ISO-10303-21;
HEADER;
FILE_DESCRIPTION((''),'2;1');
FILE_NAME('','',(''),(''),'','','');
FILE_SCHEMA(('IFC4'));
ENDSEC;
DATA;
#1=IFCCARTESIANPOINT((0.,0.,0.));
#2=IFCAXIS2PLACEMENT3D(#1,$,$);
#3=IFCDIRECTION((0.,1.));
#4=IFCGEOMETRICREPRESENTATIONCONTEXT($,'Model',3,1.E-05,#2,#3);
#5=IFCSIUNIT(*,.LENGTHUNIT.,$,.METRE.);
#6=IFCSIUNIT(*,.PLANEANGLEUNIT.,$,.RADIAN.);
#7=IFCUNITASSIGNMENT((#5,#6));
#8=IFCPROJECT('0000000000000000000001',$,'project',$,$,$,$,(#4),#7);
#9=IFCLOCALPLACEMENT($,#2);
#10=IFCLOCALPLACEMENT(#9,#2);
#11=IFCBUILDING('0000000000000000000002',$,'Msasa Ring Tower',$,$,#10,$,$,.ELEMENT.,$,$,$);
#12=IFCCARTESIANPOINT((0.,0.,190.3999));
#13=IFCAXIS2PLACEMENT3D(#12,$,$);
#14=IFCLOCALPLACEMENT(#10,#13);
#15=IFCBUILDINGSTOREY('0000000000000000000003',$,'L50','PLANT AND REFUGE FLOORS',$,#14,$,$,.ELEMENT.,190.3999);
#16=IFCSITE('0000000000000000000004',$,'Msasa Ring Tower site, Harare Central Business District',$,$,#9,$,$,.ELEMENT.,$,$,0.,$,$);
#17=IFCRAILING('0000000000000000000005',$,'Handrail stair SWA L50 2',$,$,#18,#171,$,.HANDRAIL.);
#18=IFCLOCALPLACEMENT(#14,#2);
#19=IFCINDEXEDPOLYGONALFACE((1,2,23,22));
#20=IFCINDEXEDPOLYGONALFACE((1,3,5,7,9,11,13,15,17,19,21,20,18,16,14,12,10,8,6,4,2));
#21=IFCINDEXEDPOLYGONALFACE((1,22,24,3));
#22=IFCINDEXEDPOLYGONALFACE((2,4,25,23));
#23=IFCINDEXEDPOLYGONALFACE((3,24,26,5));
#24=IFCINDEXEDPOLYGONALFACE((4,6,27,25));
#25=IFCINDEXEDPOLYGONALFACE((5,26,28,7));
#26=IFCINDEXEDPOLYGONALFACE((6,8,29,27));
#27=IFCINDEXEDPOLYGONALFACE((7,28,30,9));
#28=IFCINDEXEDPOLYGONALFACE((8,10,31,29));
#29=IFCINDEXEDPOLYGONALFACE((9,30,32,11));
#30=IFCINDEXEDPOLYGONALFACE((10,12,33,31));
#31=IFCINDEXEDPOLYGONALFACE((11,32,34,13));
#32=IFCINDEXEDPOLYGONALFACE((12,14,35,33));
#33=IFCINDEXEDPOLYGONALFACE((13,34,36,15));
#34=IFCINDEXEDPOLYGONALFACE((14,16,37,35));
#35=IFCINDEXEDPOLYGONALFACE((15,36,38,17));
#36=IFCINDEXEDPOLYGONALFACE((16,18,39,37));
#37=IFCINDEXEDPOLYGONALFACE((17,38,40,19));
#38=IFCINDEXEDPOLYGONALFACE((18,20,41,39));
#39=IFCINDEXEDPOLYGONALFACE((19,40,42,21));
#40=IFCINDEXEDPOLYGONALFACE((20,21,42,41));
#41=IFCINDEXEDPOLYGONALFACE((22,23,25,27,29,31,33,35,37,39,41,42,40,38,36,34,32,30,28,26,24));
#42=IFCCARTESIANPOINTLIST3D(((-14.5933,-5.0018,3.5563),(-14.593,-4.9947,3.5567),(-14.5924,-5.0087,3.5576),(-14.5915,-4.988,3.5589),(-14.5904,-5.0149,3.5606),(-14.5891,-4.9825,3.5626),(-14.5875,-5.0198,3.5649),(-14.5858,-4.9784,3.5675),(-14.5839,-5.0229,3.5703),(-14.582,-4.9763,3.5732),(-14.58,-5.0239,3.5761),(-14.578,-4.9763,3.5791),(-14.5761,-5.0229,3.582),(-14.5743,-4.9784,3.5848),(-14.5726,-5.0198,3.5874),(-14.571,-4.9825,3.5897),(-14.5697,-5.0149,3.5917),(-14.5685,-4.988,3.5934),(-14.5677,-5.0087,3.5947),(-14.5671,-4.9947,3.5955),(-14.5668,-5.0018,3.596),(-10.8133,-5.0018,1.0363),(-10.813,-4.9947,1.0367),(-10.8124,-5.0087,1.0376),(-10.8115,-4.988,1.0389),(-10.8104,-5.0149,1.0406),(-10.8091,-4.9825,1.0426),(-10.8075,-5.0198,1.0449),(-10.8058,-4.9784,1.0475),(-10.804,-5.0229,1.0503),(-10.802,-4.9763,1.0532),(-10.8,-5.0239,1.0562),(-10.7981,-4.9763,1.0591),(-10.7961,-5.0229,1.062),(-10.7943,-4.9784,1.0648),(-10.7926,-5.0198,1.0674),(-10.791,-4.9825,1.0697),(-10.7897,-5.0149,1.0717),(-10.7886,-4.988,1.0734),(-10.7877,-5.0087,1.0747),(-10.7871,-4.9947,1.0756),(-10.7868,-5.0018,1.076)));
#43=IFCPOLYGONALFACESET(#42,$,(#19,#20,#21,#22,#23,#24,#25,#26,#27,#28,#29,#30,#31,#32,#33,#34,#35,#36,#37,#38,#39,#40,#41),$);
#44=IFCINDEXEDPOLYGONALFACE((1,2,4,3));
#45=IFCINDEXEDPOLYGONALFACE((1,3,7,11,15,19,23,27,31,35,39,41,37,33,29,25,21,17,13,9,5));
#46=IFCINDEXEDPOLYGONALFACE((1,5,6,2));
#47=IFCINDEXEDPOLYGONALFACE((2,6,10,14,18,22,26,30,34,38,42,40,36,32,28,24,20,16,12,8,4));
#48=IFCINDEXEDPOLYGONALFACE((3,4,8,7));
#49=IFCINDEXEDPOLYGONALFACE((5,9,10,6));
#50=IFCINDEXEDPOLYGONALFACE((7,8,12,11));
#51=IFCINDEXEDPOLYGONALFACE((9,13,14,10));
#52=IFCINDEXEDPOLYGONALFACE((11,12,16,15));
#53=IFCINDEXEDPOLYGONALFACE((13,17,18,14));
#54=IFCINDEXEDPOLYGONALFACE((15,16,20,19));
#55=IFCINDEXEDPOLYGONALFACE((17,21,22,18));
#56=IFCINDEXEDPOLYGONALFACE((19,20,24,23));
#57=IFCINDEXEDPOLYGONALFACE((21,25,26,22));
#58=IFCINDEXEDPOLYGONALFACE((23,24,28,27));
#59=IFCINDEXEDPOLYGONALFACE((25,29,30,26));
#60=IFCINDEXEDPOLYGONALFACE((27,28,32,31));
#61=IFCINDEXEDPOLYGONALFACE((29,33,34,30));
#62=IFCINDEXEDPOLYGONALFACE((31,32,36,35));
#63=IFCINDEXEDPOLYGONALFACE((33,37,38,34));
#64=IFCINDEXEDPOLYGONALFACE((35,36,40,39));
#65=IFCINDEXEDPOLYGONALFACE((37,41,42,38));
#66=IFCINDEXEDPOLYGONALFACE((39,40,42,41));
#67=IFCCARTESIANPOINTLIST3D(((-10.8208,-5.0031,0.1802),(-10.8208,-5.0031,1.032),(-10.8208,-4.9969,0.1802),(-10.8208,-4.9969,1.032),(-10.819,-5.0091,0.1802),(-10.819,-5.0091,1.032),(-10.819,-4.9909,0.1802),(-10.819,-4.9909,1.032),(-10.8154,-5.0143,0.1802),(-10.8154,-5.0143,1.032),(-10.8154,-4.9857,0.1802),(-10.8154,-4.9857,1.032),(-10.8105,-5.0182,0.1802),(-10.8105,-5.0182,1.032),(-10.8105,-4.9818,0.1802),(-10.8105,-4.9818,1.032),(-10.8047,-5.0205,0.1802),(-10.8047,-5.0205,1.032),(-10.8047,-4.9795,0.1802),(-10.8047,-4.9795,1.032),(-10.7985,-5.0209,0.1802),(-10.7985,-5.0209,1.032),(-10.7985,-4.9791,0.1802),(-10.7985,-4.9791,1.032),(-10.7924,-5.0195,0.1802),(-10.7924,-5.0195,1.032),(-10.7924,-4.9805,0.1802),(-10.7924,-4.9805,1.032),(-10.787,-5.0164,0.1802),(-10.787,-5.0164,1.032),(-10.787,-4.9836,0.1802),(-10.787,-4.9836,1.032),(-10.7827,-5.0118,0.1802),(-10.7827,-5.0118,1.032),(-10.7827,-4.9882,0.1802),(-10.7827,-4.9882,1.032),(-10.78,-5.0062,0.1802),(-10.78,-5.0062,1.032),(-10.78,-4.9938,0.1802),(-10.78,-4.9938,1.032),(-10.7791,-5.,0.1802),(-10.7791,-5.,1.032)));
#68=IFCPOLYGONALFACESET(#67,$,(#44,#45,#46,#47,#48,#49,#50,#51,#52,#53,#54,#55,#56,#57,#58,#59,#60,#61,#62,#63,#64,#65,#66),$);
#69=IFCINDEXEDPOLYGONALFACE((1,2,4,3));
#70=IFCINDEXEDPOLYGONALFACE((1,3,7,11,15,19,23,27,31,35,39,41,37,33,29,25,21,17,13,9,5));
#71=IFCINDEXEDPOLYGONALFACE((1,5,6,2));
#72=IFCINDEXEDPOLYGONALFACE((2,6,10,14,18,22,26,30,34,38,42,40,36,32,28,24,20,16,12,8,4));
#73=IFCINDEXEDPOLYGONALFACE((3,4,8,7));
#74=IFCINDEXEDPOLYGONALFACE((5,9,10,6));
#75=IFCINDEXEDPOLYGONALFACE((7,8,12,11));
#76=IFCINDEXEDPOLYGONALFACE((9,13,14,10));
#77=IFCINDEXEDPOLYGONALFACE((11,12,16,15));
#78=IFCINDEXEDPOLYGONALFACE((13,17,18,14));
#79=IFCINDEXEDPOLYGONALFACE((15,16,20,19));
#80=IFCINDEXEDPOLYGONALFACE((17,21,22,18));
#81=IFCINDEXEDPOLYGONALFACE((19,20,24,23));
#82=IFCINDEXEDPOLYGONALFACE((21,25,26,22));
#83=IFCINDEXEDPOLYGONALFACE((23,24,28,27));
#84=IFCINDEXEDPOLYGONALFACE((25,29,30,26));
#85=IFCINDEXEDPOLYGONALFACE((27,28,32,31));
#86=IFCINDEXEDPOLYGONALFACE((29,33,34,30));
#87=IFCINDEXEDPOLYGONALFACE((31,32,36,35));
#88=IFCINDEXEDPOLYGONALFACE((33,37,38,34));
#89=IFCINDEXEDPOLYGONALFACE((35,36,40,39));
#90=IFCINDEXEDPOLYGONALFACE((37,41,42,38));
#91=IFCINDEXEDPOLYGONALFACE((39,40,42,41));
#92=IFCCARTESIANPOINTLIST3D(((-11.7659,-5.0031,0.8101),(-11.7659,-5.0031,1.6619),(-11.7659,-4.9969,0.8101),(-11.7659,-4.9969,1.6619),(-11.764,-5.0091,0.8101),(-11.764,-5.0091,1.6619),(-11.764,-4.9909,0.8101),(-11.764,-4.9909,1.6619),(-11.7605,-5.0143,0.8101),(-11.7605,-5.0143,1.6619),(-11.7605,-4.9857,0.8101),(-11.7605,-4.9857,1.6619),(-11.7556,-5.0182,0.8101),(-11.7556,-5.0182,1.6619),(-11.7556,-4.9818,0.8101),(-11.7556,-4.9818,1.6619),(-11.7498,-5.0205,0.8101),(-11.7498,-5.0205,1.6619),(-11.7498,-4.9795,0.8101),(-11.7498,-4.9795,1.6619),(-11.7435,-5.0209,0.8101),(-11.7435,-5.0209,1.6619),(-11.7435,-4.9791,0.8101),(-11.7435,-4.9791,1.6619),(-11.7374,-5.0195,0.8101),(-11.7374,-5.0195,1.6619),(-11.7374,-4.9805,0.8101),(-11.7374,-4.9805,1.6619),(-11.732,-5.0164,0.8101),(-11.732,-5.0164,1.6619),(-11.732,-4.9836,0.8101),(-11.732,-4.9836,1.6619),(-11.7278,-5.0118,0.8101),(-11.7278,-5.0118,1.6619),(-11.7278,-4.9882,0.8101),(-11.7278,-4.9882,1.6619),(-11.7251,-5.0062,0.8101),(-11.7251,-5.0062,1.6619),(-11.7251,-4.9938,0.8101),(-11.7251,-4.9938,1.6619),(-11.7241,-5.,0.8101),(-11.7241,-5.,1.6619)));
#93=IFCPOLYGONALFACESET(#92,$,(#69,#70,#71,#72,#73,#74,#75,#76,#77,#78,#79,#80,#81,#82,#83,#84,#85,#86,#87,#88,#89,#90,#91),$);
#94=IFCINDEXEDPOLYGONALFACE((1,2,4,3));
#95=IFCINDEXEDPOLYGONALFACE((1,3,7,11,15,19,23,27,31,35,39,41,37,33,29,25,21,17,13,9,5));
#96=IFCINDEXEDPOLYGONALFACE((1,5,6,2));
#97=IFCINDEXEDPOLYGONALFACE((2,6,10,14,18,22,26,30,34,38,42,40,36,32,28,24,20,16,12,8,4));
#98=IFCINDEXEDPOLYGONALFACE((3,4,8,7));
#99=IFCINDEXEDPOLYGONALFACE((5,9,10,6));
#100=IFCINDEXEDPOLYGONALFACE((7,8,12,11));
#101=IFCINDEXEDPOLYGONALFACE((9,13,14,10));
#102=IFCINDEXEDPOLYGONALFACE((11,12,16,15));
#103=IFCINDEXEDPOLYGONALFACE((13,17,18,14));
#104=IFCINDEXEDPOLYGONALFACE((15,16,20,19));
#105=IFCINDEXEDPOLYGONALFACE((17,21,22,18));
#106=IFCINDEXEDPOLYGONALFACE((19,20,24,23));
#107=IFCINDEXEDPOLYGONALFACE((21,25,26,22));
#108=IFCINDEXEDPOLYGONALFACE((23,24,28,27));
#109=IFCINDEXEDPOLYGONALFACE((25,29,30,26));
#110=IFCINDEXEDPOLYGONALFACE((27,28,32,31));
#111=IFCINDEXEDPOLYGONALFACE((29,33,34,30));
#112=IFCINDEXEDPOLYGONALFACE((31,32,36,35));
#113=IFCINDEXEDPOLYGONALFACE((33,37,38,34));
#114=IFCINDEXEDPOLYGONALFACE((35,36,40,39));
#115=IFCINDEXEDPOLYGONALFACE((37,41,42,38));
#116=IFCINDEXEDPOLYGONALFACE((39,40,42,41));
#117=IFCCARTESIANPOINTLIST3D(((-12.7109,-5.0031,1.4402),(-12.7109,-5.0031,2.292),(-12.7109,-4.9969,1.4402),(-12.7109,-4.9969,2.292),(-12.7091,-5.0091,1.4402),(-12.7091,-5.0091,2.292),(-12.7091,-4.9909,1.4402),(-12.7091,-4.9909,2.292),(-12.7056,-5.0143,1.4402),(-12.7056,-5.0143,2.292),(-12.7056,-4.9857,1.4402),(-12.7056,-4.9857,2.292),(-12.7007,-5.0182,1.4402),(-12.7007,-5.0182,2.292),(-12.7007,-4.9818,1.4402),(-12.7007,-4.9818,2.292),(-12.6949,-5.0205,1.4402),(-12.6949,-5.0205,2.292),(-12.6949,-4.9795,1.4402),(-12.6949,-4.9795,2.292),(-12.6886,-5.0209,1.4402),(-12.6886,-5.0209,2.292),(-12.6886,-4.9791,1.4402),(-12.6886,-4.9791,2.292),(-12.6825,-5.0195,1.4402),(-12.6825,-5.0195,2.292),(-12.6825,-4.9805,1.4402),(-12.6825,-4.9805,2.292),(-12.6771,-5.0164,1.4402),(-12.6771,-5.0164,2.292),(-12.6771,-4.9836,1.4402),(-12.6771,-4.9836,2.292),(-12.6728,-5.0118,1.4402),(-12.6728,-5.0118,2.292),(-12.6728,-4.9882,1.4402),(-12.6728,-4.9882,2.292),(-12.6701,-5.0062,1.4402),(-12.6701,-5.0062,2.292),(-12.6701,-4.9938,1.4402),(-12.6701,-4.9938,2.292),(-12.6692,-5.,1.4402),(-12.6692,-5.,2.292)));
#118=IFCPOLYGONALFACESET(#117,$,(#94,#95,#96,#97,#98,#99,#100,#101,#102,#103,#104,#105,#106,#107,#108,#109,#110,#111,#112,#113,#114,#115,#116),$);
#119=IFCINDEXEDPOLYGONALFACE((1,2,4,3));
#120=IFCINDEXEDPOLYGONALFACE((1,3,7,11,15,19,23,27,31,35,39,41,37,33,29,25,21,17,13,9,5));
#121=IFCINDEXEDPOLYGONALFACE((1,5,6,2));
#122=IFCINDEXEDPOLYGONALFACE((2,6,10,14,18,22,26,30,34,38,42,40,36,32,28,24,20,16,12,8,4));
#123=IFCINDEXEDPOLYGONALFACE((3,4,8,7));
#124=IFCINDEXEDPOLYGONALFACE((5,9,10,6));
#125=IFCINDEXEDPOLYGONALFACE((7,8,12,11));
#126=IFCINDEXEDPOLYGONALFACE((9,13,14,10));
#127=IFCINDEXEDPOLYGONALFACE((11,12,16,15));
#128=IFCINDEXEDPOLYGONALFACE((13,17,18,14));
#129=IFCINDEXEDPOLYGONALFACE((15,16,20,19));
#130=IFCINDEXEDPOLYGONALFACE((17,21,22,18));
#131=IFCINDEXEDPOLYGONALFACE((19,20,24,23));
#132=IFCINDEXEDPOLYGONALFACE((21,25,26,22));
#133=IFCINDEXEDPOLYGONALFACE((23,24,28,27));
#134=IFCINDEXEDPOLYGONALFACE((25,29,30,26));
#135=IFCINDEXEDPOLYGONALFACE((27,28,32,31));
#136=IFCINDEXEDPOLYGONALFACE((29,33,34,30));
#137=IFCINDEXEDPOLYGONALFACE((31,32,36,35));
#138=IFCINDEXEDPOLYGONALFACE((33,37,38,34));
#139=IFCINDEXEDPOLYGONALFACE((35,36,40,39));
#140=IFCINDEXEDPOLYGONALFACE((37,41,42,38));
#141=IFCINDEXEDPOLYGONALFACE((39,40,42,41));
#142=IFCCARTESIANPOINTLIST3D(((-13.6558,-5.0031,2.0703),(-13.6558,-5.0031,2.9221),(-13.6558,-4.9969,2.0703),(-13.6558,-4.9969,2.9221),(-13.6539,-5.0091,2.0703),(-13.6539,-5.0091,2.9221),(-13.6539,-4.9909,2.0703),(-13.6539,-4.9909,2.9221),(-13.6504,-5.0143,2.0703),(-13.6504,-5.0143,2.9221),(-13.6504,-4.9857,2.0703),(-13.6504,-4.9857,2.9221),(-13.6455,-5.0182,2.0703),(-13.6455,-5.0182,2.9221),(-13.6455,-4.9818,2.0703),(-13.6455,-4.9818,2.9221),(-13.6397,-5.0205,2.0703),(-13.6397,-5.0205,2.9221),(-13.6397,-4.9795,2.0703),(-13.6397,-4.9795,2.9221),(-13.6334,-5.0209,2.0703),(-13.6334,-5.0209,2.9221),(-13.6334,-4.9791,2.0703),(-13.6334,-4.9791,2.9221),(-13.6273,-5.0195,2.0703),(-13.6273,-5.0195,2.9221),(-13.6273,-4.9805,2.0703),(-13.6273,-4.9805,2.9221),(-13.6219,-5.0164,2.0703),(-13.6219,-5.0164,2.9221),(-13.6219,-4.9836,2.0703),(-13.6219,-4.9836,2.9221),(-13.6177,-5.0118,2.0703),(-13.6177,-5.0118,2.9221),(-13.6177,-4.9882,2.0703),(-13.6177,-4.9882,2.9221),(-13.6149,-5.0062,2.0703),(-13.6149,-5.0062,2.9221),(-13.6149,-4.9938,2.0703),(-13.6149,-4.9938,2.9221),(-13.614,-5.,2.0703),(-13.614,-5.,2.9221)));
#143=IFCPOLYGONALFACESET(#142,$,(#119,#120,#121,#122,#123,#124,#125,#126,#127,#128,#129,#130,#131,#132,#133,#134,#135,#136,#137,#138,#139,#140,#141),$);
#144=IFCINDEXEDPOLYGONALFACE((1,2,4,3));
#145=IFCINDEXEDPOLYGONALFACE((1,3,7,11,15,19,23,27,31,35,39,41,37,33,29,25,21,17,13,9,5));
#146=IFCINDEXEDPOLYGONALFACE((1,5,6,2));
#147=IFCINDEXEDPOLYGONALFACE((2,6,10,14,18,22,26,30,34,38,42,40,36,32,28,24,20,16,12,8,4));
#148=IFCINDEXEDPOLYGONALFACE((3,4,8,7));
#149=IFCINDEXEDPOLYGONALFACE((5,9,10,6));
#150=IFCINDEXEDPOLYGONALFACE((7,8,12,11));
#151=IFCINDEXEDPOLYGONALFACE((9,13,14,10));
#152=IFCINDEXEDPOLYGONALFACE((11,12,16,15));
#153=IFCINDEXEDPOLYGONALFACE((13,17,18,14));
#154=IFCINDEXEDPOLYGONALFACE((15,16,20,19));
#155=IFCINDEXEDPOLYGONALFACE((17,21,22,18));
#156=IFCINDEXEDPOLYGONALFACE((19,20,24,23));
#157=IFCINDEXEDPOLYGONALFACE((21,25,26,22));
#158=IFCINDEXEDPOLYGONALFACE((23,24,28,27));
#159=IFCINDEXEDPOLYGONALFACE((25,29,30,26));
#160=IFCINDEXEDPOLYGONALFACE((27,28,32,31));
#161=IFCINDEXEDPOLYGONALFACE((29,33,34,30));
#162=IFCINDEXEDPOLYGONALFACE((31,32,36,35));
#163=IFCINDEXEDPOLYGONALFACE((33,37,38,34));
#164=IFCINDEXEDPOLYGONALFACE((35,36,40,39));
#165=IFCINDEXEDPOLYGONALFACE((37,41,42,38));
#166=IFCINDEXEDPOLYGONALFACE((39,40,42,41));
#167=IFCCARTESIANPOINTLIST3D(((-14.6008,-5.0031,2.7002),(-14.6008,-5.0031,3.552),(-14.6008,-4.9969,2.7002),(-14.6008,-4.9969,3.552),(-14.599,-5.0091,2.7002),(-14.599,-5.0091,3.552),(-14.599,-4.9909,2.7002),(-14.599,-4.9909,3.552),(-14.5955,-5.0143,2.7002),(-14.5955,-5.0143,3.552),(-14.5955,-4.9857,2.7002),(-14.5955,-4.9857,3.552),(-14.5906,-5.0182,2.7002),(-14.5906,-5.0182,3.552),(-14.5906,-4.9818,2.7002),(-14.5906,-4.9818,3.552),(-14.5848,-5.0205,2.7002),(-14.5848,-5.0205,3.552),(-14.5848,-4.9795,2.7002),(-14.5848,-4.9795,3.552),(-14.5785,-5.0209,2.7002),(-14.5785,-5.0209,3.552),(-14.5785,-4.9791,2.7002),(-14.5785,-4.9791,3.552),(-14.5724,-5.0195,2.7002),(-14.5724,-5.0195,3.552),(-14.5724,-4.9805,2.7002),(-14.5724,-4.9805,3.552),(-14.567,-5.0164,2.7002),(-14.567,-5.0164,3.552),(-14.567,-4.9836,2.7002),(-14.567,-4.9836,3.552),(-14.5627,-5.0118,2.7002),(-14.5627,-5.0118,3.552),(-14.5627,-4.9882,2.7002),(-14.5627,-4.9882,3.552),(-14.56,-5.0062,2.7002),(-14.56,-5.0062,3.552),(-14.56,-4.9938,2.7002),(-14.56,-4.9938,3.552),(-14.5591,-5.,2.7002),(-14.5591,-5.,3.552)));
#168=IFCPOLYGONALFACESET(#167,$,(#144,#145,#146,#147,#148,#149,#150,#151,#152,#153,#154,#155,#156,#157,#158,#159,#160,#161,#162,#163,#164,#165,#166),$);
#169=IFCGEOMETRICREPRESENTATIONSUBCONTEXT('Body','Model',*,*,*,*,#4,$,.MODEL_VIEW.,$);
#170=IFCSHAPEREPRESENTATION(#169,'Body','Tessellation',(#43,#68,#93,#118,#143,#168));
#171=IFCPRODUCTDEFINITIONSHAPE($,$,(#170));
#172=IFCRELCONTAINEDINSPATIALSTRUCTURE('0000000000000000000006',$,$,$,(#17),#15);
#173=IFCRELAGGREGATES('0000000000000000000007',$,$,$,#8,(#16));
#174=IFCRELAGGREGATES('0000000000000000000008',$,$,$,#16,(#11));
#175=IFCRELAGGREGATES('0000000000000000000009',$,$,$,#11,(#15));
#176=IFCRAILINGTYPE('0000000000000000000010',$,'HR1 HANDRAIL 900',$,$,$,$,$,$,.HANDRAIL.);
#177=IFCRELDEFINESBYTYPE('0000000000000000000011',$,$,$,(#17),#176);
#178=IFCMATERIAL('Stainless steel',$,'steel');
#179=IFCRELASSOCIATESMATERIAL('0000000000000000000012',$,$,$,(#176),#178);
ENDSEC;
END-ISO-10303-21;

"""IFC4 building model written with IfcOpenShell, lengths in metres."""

from ifc_helpers import new_model, si_unit, direction, frame, origin, origin_2d, place, context, subcontext, project, spatial, circle, extrude, material, type_object, element, save


model = new_model("IFC4")

# Units and contexts
model_context = context("Model", 3, precision=1e-05, world=origin(), true_north=direction((0.0, 1.0)))
body_context = subcontext(model_context, "Body", "Model", "MODEL_VIEW")
ifc_project = project(units=[si_unit("LENGTHUNIT", "METRE"), si_unit("PLANEANGLEUNIT", "RADIAN")], contexts=[model_context])

# Site, building, storey
site_placement = place(None, origin())
site = spatial("IfcSite", under=ifc_project, at=site_placement, Name="Msasa Ring Tower site, Harare Central Business District", CompositionType="ELEMENT", RefElevation=0.0)
building_placement = place(site_placement, origin())
building = spatial("IfcBuilding", under=site, at=building_placement, Name="Msasa Ring Tower", CompositionType="ELEMENT")
storey_placement = place(building_placement, frame((0.0, 0.0, 190.3999)))
storey = spatial("IfcBuildingStorey", under=building, at=storey_placement, Name="L50", Description="PLANT AND REFUGE FLOORS", CompositionType="ELEMENT", Elevation=190.3999)

# Railing
ifc_material_1 = material(Name="Stainless steel", Category="steel")
railing_type_1 = type_object("IfcRailingType", Name="HR1 HANDRAIL 900", PredefinedType="HANDRAIL", material=ifc_material_1)
for number, where, name in (
    (1, (-10.8, -5.0, 0.1802), "Handrail stair SWA L50 2"),
):
    element("IfcRailing", number, at=place(storey_placement, frame(where)), inside=storey, type_object=railing_type_1, Name=name, PredefinedType="HANDRAIL", context=body_context, shape_type="SweptSolid", body=[
        extrude(circle(Radius=0.0239, at=origin_2d()), frame((0.0, 0.0, 0.876), z_axis=(-0.83205, 0.0, 0.5547), x_axis=(0.0, -1.0, 0.0)), (0.0, 0.0, 1.0), 4.543),
        extrude(circle(Radius=0.021, at=origin_2d()), origin(), (0.0, 0.0, 1.0), 0.8518),
        extrude(circle(Radius=0.021, at=origin_2d()), frame((-0.9451, 0.0, 0.6299)), (0.0, 0.0, 1.0), 0.8518),
        extrude(circle(Radius=0.021, at=origin_2d()), frame((-1.8901, 0.0, 1.26)), (0.0, 0.0, 1.0), 0.8518),
        extrude(circle(Radius=0.021, at=origin_2d()), frame((-2.835, 0.0, 1.8901)), (0.0, 0.0, 1.0), 0.8518),
        extrude(circle(Radius=0.021, at=origin_2d()), frame((-3.78, 0.0, 2.52)), (0.0, 0.0, 1.0), 0.8518),
    ])

save(model, "model.ifc")
